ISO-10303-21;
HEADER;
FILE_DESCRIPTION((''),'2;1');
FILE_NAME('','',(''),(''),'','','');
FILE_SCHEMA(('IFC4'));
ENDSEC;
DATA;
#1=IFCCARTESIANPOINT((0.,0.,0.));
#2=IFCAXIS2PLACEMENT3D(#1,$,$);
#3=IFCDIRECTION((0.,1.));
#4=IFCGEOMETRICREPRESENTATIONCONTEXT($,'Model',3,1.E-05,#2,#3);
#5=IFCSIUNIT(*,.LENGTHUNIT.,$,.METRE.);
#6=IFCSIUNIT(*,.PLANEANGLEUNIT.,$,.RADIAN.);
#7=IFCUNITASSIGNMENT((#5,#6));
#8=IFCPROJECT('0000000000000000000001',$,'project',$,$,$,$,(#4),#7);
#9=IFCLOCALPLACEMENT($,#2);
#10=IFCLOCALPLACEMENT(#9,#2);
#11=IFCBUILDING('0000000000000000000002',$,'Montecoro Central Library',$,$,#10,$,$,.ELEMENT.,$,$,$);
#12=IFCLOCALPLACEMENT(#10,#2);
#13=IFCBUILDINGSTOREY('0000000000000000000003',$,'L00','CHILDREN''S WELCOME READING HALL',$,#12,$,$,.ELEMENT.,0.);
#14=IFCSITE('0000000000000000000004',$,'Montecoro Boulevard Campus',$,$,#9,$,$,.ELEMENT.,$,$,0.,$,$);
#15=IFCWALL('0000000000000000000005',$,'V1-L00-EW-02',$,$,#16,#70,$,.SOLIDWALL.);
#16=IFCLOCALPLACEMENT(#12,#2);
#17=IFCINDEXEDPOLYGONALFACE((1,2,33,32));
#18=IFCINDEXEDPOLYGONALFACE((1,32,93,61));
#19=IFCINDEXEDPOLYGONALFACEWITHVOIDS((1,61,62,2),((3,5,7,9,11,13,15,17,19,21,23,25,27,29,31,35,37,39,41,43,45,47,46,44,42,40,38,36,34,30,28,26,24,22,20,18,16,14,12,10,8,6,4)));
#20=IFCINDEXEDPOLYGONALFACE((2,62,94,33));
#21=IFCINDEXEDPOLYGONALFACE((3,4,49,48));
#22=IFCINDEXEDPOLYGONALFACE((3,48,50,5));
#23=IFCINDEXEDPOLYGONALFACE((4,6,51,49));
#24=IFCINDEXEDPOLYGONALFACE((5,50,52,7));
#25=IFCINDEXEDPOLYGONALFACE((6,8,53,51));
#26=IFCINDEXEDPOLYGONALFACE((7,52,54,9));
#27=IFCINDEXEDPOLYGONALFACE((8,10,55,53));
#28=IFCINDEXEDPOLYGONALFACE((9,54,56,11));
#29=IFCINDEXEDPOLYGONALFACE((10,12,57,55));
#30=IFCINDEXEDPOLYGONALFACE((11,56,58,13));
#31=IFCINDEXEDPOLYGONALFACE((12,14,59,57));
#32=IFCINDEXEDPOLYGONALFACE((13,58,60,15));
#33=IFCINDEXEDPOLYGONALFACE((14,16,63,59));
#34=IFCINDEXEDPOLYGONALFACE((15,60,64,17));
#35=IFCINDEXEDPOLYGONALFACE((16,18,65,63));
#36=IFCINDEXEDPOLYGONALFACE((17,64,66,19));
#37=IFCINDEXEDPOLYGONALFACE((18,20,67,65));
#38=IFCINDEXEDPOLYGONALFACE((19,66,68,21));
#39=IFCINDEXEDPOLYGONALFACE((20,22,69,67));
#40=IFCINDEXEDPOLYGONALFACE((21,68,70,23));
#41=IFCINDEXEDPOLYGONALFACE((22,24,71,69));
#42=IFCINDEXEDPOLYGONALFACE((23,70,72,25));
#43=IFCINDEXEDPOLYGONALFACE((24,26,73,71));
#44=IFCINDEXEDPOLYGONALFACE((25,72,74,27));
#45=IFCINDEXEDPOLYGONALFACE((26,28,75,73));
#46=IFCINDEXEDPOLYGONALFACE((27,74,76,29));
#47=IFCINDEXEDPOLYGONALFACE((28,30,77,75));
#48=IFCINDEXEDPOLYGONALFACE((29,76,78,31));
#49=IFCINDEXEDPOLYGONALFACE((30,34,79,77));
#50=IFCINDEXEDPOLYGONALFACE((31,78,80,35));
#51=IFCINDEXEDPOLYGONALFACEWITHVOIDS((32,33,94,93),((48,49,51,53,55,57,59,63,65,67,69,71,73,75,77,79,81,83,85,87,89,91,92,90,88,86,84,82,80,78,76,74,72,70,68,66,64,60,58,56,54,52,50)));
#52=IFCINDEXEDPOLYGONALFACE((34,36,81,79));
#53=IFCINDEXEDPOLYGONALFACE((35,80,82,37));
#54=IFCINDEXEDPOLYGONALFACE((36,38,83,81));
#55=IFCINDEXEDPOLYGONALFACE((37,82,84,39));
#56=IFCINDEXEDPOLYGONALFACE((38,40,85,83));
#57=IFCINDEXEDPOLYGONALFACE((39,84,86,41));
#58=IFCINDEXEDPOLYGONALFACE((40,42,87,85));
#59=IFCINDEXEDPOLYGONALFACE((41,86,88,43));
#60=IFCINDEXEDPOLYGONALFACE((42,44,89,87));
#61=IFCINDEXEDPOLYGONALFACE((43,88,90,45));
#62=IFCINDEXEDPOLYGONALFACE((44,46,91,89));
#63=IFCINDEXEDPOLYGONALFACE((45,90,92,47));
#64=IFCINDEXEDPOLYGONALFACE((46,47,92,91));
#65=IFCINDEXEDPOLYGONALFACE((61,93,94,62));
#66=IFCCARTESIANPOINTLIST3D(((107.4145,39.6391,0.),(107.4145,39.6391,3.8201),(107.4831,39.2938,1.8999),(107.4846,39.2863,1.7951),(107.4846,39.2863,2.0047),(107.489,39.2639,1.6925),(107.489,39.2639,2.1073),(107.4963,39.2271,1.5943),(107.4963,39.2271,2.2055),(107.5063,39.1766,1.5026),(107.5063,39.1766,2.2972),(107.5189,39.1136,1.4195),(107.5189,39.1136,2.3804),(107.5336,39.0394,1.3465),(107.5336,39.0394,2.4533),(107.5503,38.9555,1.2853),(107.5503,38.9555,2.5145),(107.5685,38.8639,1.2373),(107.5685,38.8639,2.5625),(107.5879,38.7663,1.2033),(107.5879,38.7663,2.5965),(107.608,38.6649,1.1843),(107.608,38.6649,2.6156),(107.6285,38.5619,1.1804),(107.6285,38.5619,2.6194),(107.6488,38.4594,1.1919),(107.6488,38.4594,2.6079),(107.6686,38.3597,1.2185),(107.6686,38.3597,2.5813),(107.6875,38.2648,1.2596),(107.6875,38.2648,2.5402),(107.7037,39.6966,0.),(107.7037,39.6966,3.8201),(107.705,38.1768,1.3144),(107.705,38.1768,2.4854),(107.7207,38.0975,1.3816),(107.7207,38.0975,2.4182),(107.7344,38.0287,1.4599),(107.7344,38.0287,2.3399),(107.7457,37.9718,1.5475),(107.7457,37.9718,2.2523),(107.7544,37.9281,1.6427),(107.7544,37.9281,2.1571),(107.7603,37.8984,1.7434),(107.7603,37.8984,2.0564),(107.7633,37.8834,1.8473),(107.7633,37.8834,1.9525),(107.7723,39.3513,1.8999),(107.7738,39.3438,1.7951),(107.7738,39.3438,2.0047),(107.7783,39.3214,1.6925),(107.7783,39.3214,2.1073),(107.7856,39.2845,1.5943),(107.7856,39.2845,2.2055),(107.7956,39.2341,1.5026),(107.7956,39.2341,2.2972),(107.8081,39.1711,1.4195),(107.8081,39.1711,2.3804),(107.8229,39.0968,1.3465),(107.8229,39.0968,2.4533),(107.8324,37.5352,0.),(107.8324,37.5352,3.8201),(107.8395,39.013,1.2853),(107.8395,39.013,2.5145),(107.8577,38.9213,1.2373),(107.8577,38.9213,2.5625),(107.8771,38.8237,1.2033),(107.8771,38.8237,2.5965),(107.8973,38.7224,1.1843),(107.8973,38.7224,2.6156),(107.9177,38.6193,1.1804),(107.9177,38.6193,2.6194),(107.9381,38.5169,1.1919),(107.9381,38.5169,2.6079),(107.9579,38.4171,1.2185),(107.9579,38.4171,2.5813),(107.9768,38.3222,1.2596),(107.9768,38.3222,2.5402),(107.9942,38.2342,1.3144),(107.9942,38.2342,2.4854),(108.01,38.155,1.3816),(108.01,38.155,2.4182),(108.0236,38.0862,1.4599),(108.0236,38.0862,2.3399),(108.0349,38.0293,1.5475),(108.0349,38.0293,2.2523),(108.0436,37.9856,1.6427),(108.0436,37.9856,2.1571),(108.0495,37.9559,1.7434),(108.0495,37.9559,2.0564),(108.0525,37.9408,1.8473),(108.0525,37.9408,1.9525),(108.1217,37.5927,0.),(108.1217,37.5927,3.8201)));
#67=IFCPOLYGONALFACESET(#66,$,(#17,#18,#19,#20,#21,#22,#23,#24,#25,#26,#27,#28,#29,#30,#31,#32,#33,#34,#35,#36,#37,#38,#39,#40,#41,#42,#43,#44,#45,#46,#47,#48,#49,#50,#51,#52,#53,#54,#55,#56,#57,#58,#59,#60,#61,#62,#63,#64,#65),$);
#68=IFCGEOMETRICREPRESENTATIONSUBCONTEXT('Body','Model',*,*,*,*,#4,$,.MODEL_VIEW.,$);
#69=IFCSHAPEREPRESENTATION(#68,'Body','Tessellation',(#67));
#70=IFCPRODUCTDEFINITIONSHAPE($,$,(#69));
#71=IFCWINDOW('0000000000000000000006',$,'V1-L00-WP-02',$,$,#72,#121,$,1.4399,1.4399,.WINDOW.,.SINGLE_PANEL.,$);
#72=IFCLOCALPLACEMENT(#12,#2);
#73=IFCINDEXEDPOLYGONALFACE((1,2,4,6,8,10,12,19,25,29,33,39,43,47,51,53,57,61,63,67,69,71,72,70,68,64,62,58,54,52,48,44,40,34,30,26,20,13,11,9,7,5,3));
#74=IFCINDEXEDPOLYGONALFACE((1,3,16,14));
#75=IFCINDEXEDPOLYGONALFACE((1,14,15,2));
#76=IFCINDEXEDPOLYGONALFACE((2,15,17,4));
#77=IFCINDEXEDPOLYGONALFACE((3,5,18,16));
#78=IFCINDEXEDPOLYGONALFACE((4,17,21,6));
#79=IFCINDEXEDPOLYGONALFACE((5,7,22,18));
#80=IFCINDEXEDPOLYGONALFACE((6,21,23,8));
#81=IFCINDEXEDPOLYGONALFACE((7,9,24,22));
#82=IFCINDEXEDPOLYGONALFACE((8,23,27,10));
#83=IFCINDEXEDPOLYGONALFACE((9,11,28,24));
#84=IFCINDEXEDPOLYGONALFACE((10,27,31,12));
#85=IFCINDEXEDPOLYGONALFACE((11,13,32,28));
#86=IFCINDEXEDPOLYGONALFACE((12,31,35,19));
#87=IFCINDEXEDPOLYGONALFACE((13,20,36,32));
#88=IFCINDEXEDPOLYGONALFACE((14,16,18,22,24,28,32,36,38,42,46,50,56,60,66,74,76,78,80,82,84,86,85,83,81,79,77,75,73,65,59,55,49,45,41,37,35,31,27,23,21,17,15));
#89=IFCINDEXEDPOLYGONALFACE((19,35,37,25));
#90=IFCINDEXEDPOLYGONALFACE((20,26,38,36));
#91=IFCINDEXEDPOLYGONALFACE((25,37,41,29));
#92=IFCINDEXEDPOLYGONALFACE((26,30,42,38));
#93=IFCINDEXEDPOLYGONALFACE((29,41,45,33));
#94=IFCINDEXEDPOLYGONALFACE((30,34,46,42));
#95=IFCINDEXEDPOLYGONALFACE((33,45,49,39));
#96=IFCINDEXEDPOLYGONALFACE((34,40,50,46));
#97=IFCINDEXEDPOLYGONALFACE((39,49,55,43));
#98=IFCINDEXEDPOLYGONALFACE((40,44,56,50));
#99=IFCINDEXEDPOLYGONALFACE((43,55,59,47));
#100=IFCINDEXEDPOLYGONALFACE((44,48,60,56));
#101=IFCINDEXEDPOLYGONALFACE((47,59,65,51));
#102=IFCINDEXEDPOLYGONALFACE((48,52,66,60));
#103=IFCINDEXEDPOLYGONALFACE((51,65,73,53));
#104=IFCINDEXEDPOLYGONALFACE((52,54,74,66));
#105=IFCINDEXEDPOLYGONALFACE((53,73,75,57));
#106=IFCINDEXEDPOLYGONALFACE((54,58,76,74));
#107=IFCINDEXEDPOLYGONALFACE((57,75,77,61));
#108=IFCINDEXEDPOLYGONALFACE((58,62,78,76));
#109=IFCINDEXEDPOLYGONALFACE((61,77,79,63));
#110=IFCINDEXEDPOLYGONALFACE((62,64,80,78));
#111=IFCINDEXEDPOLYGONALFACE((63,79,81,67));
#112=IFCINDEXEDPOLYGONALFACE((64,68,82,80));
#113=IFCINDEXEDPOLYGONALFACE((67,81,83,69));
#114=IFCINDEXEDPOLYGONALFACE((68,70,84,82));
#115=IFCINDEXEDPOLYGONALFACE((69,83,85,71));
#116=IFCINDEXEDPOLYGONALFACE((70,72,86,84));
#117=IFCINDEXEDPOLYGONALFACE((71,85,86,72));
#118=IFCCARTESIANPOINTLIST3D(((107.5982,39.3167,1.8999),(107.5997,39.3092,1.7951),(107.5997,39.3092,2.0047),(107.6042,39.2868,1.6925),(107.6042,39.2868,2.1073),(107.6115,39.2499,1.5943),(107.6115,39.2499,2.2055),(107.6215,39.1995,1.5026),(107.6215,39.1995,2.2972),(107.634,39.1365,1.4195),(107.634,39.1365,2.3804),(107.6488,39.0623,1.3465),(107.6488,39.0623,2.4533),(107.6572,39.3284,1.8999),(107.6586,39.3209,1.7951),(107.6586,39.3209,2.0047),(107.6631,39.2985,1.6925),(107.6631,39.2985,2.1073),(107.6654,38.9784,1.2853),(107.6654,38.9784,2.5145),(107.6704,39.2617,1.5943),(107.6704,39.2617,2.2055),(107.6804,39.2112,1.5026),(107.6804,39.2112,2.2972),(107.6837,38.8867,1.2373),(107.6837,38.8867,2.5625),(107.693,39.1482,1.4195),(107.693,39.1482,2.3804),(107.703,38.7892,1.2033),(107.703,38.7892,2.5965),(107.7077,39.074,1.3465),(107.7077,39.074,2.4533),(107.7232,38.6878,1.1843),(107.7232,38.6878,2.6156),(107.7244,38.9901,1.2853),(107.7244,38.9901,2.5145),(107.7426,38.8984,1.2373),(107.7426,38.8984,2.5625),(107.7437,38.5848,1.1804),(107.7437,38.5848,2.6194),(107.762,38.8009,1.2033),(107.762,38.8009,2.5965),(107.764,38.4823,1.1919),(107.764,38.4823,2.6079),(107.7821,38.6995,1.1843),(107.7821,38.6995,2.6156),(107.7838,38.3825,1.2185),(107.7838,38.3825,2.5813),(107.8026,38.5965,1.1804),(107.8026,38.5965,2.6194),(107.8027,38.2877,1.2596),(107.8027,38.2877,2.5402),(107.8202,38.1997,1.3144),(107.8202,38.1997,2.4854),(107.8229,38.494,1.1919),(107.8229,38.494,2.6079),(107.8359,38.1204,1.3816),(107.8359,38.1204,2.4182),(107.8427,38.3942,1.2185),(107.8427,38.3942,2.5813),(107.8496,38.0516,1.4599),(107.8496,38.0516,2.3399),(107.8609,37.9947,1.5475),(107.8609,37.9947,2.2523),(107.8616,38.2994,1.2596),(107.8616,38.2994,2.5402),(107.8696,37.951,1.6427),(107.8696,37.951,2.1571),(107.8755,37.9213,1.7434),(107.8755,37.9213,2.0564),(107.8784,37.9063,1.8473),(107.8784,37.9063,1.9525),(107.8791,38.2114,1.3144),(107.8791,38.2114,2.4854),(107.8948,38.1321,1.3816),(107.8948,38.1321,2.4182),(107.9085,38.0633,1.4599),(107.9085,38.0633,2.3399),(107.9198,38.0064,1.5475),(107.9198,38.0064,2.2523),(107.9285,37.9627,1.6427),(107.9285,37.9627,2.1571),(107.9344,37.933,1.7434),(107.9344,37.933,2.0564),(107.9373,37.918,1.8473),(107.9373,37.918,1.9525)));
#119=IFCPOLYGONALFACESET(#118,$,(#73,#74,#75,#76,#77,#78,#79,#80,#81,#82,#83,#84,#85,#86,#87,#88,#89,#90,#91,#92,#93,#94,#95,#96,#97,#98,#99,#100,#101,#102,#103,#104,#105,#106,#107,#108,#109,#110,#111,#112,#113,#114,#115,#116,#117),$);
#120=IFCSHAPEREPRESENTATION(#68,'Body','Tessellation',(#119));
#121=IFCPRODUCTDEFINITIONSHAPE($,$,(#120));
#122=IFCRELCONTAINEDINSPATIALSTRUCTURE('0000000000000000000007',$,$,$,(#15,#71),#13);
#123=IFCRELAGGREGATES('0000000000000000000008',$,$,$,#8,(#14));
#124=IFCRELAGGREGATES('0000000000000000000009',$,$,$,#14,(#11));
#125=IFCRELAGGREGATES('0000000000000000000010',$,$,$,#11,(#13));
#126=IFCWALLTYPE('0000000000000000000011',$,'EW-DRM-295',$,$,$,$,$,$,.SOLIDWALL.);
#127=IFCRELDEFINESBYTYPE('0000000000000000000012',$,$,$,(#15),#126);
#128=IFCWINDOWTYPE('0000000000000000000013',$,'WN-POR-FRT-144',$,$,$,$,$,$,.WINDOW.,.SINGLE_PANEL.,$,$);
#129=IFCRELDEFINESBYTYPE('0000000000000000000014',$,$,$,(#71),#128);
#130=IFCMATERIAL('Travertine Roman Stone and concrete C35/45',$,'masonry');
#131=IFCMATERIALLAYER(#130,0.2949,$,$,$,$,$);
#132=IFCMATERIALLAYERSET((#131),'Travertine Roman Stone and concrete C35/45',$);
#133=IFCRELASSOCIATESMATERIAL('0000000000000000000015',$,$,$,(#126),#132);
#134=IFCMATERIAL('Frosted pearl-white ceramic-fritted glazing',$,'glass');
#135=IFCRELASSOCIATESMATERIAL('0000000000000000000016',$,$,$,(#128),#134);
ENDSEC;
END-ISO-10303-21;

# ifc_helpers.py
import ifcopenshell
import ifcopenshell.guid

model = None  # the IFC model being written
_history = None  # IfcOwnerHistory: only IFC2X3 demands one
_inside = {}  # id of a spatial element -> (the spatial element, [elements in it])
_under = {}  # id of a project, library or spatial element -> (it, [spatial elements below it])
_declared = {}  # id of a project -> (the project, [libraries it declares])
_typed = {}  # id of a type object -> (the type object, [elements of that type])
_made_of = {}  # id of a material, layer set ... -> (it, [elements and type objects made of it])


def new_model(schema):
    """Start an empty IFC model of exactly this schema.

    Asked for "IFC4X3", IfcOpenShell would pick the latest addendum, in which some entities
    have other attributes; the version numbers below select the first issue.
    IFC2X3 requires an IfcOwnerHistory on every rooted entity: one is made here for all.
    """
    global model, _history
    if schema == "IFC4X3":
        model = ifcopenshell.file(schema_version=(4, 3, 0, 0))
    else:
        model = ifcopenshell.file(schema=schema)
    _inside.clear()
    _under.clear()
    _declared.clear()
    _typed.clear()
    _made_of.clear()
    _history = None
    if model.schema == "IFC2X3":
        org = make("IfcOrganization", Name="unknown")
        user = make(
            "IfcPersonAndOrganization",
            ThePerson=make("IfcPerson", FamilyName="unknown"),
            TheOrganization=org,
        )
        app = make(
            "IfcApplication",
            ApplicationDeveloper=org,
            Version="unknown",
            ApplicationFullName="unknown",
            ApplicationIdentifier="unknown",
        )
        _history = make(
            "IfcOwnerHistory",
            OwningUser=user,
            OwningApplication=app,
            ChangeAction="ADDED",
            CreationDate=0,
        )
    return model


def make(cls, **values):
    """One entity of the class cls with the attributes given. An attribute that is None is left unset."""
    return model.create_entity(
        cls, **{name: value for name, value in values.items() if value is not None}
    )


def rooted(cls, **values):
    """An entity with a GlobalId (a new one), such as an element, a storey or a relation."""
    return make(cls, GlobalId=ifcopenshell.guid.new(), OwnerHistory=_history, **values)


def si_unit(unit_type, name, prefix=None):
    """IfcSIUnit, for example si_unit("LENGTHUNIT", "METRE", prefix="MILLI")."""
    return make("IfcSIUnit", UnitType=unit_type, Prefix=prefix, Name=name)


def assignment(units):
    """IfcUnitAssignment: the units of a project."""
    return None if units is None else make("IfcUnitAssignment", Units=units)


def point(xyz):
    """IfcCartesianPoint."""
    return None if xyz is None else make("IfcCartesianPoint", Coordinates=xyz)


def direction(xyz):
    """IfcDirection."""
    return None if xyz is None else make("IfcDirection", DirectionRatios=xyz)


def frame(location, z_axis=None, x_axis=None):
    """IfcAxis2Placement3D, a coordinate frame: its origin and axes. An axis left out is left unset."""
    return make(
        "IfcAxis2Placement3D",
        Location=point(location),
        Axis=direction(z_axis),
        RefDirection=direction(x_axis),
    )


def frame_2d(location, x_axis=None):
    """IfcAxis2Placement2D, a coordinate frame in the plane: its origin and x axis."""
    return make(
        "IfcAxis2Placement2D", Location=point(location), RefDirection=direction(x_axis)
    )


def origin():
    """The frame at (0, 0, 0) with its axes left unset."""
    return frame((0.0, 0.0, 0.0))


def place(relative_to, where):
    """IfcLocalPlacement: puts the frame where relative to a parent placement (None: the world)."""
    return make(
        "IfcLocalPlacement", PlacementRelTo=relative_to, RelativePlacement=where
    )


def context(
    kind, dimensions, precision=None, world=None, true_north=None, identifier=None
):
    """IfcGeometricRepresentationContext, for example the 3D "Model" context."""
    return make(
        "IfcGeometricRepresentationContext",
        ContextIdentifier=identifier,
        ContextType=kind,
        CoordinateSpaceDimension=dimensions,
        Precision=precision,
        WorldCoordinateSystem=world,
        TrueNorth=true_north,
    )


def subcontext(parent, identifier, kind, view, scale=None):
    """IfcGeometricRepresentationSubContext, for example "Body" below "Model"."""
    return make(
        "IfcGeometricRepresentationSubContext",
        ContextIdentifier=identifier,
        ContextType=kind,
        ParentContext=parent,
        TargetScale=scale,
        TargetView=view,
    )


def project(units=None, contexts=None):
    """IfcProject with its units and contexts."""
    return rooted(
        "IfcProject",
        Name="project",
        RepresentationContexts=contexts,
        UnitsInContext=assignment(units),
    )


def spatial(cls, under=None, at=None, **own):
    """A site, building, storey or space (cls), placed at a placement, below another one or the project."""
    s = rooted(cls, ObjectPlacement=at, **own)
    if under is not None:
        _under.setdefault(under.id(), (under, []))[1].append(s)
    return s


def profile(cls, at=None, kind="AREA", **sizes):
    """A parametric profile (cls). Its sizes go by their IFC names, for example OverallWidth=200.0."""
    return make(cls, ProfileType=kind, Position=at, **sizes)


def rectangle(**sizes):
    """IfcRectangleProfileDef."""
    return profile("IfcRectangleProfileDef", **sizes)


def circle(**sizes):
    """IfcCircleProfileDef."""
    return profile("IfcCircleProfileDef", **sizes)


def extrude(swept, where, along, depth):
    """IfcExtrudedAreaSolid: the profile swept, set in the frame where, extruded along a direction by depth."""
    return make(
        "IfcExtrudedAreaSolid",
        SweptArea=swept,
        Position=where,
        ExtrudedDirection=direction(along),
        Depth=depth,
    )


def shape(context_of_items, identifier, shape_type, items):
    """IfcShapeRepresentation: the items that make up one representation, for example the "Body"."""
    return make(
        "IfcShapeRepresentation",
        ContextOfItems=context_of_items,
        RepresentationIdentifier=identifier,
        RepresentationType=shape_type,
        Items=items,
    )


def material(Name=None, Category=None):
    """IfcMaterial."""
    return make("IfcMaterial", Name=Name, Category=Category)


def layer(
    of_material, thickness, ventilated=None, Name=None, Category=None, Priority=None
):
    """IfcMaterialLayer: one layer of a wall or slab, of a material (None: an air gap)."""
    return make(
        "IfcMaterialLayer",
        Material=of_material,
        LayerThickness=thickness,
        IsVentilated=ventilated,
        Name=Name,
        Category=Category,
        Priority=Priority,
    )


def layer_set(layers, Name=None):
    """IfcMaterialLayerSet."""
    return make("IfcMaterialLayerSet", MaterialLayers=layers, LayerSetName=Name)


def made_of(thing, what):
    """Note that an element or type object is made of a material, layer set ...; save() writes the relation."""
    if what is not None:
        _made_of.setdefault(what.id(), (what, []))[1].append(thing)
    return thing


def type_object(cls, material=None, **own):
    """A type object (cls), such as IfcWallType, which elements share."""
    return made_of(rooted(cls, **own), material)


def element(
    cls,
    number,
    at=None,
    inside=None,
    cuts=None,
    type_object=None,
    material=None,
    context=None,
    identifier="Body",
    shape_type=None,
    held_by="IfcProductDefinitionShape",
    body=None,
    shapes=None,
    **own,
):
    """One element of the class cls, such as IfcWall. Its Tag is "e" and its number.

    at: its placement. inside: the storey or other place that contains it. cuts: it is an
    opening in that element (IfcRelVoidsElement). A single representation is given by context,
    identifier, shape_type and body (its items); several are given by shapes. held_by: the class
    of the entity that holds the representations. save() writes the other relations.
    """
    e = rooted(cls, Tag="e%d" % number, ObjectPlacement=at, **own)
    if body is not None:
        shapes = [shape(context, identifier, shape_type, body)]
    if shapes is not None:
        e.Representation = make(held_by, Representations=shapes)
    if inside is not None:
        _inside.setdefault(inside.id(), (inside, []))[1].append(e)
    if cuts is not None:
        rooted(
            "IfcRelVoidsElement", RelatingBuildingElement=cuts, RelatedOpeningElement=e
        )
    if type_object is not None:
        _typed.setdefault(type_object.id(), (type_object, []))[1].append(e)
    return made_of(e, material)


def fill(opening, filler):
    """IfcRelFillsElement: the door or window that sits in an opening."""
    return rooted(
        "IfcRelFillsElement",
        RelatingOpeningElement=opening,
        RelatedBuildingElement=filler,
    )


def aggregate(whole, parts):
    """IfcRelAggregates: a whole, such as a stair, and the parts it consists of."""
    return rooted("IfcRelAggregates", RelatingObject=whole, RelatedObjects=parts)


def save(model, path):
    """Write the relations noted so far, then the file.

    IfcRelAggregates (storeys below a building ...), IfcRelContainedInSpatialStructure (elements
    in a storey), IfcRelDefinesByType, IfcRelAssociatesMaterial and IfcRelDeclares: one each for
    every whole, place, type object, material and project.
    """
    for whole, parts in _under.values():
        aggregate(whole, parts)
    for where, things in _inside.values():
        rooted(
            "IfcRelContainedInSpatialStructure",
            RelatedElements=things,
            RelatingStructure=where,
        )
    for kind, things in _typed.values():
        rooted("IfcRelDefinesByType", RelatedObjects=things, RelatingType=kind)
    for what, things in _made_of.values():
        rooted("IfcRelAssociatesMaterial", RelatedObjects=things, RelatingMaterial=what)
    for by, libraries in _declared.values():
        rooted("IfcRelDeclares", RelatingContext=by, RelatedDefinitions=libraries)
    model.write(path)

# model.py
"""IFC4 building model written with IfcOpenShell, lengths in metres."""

from ifc_helpers import new_model, si_unit, direction, frame, frame_2d, origin, place, context, subcontext, project, spatial, rectangle, circle, extrude, material, layer, layer_set, type_object, element, fill, save


model = new_model("IFC4")

# Units and contexts
model_context = context("Model", 3, precision=1e-05, world=origin(), true_north=direction((0.0, 1.0)))
body_context = subcontext(model_context, "Body", "Model", "MODEL_VIEW")
ifc_project = project(units=[si_unit("LENGTHUNIT", "METRE"), si_unit("PLANEANGLEUNIT", "RADIAN")], contexts=[model_context])

# Site, building, storey
site_placement = place(None, origin())
site = spatial("IfcSite", under=ifc_project, at=site_placement, Name="Montecoro Boulevard Campus", CompositionType="ELEMENT", RefElevation=0.0)
building_placement = place(site_placement, origin())
building = spatial("IfcBuilding", under=site, at=building_placement, Name="Montecoro Central Library", CompositionType="ELEMENT")
storey_placement = place(building_placement, origin())
storey = spatial("IfcBuildingStorey", under=building, at=storey_placement, Name="L00", Description="CHILDREN'S WELCOME READING HALL", CompositionType="ELEMENT", Elevation=0.0)

# Wall, opening, window
ifc_material_1 = material(Name="Travertine Roman Stone and concrete C35/45", Category="masonry")
ifc_layer_1 = layer(ifc_material_1, 0.2949)
ifc_layer_set_1 = layer_set([ifc_layer_1], Name="Travertine Roman Stone and concrete C35/45")
wall_type = type_object("IfcWallType", Name="EW-DRM-295", PredefinedType="SOLIDWALL", material=ifc_layer_set_1)
wall_1_placement = place(storey_placement, frame((107.9771, 37.564, 0.0), z_axis=(0.0, 0.0, 1.0), x_axis=(-0.194847, 0.980834, 0.0)))
wall_1 = element("IfcWall", 1, at=wall_1_placement, inside=storey, type_object=wall_type, Name="V1-L00-EW-02", PredefinedType="SOLIDWALL", context=body_context, shape_type="SweptSolid", body=[
    extrude(rectangle(XDim=2.145, YDim=0.2949, at=frame_2d((1.0725, 0.0))), origin(), (0.0, 0.0, 1.0), 3.8201),
])
opening_1_placement = place(wall_1_placement, frame((0.353, 0.0, 1.1799)))
opening_1 = element("IfcOpeningElement", 2, at=opening_1_placement, cuts=wall_1, PredefinedType="OPENING", context=body_context, shape_type="SweptSolid", body=[
    extrude(circle(Radius=0.72, at=frame_2d((0.72, 0.72))), frame((0.0, 0.1575, 0.0), z_axis=(0.0, -1.0, 0.0), x_axis=(1.0, 0.0, 0.0)), (0.0, 0.0, 1.0), 0.3149),
])
ifc_material_2 = material(Name="Frosted pearl-white ceramic-fritted glazing", Category="glass")
window_type_1 = type_object("IfcWindowType", Name="WN-POR-FRT-144", PartitioningType="SINGLE_PANEL", PredefinedType="WINDOW", material=ifc_material_2)
window_1_placement = place(opening_1_placement, origin())
window_1 = element("IfcWindow", 3, at=window_1_placement, inside=storey, type_object=window_type_1, Name="V1-L00-WP-02", OverallHeight=1.4399, OverallWidth=1.4399, PartitioningType="SINGLE_PANEL", PredefinedType="WINDOW", context=body_context, shape_type="SweptSolid", body=[
    extrude(circle(Radius=0.72, at=frame_2d((0.72, 0.72))), frame((0.0, 0.03, 0.0), z_axis=(0.0, -1.0, 0.0), x_axis=(1.0, 0.0, 0.0)), (0.0, 0.0, 1.0), 0.0601),
])
fill(opening_1, window_1)

save(model, "model.ifc")
